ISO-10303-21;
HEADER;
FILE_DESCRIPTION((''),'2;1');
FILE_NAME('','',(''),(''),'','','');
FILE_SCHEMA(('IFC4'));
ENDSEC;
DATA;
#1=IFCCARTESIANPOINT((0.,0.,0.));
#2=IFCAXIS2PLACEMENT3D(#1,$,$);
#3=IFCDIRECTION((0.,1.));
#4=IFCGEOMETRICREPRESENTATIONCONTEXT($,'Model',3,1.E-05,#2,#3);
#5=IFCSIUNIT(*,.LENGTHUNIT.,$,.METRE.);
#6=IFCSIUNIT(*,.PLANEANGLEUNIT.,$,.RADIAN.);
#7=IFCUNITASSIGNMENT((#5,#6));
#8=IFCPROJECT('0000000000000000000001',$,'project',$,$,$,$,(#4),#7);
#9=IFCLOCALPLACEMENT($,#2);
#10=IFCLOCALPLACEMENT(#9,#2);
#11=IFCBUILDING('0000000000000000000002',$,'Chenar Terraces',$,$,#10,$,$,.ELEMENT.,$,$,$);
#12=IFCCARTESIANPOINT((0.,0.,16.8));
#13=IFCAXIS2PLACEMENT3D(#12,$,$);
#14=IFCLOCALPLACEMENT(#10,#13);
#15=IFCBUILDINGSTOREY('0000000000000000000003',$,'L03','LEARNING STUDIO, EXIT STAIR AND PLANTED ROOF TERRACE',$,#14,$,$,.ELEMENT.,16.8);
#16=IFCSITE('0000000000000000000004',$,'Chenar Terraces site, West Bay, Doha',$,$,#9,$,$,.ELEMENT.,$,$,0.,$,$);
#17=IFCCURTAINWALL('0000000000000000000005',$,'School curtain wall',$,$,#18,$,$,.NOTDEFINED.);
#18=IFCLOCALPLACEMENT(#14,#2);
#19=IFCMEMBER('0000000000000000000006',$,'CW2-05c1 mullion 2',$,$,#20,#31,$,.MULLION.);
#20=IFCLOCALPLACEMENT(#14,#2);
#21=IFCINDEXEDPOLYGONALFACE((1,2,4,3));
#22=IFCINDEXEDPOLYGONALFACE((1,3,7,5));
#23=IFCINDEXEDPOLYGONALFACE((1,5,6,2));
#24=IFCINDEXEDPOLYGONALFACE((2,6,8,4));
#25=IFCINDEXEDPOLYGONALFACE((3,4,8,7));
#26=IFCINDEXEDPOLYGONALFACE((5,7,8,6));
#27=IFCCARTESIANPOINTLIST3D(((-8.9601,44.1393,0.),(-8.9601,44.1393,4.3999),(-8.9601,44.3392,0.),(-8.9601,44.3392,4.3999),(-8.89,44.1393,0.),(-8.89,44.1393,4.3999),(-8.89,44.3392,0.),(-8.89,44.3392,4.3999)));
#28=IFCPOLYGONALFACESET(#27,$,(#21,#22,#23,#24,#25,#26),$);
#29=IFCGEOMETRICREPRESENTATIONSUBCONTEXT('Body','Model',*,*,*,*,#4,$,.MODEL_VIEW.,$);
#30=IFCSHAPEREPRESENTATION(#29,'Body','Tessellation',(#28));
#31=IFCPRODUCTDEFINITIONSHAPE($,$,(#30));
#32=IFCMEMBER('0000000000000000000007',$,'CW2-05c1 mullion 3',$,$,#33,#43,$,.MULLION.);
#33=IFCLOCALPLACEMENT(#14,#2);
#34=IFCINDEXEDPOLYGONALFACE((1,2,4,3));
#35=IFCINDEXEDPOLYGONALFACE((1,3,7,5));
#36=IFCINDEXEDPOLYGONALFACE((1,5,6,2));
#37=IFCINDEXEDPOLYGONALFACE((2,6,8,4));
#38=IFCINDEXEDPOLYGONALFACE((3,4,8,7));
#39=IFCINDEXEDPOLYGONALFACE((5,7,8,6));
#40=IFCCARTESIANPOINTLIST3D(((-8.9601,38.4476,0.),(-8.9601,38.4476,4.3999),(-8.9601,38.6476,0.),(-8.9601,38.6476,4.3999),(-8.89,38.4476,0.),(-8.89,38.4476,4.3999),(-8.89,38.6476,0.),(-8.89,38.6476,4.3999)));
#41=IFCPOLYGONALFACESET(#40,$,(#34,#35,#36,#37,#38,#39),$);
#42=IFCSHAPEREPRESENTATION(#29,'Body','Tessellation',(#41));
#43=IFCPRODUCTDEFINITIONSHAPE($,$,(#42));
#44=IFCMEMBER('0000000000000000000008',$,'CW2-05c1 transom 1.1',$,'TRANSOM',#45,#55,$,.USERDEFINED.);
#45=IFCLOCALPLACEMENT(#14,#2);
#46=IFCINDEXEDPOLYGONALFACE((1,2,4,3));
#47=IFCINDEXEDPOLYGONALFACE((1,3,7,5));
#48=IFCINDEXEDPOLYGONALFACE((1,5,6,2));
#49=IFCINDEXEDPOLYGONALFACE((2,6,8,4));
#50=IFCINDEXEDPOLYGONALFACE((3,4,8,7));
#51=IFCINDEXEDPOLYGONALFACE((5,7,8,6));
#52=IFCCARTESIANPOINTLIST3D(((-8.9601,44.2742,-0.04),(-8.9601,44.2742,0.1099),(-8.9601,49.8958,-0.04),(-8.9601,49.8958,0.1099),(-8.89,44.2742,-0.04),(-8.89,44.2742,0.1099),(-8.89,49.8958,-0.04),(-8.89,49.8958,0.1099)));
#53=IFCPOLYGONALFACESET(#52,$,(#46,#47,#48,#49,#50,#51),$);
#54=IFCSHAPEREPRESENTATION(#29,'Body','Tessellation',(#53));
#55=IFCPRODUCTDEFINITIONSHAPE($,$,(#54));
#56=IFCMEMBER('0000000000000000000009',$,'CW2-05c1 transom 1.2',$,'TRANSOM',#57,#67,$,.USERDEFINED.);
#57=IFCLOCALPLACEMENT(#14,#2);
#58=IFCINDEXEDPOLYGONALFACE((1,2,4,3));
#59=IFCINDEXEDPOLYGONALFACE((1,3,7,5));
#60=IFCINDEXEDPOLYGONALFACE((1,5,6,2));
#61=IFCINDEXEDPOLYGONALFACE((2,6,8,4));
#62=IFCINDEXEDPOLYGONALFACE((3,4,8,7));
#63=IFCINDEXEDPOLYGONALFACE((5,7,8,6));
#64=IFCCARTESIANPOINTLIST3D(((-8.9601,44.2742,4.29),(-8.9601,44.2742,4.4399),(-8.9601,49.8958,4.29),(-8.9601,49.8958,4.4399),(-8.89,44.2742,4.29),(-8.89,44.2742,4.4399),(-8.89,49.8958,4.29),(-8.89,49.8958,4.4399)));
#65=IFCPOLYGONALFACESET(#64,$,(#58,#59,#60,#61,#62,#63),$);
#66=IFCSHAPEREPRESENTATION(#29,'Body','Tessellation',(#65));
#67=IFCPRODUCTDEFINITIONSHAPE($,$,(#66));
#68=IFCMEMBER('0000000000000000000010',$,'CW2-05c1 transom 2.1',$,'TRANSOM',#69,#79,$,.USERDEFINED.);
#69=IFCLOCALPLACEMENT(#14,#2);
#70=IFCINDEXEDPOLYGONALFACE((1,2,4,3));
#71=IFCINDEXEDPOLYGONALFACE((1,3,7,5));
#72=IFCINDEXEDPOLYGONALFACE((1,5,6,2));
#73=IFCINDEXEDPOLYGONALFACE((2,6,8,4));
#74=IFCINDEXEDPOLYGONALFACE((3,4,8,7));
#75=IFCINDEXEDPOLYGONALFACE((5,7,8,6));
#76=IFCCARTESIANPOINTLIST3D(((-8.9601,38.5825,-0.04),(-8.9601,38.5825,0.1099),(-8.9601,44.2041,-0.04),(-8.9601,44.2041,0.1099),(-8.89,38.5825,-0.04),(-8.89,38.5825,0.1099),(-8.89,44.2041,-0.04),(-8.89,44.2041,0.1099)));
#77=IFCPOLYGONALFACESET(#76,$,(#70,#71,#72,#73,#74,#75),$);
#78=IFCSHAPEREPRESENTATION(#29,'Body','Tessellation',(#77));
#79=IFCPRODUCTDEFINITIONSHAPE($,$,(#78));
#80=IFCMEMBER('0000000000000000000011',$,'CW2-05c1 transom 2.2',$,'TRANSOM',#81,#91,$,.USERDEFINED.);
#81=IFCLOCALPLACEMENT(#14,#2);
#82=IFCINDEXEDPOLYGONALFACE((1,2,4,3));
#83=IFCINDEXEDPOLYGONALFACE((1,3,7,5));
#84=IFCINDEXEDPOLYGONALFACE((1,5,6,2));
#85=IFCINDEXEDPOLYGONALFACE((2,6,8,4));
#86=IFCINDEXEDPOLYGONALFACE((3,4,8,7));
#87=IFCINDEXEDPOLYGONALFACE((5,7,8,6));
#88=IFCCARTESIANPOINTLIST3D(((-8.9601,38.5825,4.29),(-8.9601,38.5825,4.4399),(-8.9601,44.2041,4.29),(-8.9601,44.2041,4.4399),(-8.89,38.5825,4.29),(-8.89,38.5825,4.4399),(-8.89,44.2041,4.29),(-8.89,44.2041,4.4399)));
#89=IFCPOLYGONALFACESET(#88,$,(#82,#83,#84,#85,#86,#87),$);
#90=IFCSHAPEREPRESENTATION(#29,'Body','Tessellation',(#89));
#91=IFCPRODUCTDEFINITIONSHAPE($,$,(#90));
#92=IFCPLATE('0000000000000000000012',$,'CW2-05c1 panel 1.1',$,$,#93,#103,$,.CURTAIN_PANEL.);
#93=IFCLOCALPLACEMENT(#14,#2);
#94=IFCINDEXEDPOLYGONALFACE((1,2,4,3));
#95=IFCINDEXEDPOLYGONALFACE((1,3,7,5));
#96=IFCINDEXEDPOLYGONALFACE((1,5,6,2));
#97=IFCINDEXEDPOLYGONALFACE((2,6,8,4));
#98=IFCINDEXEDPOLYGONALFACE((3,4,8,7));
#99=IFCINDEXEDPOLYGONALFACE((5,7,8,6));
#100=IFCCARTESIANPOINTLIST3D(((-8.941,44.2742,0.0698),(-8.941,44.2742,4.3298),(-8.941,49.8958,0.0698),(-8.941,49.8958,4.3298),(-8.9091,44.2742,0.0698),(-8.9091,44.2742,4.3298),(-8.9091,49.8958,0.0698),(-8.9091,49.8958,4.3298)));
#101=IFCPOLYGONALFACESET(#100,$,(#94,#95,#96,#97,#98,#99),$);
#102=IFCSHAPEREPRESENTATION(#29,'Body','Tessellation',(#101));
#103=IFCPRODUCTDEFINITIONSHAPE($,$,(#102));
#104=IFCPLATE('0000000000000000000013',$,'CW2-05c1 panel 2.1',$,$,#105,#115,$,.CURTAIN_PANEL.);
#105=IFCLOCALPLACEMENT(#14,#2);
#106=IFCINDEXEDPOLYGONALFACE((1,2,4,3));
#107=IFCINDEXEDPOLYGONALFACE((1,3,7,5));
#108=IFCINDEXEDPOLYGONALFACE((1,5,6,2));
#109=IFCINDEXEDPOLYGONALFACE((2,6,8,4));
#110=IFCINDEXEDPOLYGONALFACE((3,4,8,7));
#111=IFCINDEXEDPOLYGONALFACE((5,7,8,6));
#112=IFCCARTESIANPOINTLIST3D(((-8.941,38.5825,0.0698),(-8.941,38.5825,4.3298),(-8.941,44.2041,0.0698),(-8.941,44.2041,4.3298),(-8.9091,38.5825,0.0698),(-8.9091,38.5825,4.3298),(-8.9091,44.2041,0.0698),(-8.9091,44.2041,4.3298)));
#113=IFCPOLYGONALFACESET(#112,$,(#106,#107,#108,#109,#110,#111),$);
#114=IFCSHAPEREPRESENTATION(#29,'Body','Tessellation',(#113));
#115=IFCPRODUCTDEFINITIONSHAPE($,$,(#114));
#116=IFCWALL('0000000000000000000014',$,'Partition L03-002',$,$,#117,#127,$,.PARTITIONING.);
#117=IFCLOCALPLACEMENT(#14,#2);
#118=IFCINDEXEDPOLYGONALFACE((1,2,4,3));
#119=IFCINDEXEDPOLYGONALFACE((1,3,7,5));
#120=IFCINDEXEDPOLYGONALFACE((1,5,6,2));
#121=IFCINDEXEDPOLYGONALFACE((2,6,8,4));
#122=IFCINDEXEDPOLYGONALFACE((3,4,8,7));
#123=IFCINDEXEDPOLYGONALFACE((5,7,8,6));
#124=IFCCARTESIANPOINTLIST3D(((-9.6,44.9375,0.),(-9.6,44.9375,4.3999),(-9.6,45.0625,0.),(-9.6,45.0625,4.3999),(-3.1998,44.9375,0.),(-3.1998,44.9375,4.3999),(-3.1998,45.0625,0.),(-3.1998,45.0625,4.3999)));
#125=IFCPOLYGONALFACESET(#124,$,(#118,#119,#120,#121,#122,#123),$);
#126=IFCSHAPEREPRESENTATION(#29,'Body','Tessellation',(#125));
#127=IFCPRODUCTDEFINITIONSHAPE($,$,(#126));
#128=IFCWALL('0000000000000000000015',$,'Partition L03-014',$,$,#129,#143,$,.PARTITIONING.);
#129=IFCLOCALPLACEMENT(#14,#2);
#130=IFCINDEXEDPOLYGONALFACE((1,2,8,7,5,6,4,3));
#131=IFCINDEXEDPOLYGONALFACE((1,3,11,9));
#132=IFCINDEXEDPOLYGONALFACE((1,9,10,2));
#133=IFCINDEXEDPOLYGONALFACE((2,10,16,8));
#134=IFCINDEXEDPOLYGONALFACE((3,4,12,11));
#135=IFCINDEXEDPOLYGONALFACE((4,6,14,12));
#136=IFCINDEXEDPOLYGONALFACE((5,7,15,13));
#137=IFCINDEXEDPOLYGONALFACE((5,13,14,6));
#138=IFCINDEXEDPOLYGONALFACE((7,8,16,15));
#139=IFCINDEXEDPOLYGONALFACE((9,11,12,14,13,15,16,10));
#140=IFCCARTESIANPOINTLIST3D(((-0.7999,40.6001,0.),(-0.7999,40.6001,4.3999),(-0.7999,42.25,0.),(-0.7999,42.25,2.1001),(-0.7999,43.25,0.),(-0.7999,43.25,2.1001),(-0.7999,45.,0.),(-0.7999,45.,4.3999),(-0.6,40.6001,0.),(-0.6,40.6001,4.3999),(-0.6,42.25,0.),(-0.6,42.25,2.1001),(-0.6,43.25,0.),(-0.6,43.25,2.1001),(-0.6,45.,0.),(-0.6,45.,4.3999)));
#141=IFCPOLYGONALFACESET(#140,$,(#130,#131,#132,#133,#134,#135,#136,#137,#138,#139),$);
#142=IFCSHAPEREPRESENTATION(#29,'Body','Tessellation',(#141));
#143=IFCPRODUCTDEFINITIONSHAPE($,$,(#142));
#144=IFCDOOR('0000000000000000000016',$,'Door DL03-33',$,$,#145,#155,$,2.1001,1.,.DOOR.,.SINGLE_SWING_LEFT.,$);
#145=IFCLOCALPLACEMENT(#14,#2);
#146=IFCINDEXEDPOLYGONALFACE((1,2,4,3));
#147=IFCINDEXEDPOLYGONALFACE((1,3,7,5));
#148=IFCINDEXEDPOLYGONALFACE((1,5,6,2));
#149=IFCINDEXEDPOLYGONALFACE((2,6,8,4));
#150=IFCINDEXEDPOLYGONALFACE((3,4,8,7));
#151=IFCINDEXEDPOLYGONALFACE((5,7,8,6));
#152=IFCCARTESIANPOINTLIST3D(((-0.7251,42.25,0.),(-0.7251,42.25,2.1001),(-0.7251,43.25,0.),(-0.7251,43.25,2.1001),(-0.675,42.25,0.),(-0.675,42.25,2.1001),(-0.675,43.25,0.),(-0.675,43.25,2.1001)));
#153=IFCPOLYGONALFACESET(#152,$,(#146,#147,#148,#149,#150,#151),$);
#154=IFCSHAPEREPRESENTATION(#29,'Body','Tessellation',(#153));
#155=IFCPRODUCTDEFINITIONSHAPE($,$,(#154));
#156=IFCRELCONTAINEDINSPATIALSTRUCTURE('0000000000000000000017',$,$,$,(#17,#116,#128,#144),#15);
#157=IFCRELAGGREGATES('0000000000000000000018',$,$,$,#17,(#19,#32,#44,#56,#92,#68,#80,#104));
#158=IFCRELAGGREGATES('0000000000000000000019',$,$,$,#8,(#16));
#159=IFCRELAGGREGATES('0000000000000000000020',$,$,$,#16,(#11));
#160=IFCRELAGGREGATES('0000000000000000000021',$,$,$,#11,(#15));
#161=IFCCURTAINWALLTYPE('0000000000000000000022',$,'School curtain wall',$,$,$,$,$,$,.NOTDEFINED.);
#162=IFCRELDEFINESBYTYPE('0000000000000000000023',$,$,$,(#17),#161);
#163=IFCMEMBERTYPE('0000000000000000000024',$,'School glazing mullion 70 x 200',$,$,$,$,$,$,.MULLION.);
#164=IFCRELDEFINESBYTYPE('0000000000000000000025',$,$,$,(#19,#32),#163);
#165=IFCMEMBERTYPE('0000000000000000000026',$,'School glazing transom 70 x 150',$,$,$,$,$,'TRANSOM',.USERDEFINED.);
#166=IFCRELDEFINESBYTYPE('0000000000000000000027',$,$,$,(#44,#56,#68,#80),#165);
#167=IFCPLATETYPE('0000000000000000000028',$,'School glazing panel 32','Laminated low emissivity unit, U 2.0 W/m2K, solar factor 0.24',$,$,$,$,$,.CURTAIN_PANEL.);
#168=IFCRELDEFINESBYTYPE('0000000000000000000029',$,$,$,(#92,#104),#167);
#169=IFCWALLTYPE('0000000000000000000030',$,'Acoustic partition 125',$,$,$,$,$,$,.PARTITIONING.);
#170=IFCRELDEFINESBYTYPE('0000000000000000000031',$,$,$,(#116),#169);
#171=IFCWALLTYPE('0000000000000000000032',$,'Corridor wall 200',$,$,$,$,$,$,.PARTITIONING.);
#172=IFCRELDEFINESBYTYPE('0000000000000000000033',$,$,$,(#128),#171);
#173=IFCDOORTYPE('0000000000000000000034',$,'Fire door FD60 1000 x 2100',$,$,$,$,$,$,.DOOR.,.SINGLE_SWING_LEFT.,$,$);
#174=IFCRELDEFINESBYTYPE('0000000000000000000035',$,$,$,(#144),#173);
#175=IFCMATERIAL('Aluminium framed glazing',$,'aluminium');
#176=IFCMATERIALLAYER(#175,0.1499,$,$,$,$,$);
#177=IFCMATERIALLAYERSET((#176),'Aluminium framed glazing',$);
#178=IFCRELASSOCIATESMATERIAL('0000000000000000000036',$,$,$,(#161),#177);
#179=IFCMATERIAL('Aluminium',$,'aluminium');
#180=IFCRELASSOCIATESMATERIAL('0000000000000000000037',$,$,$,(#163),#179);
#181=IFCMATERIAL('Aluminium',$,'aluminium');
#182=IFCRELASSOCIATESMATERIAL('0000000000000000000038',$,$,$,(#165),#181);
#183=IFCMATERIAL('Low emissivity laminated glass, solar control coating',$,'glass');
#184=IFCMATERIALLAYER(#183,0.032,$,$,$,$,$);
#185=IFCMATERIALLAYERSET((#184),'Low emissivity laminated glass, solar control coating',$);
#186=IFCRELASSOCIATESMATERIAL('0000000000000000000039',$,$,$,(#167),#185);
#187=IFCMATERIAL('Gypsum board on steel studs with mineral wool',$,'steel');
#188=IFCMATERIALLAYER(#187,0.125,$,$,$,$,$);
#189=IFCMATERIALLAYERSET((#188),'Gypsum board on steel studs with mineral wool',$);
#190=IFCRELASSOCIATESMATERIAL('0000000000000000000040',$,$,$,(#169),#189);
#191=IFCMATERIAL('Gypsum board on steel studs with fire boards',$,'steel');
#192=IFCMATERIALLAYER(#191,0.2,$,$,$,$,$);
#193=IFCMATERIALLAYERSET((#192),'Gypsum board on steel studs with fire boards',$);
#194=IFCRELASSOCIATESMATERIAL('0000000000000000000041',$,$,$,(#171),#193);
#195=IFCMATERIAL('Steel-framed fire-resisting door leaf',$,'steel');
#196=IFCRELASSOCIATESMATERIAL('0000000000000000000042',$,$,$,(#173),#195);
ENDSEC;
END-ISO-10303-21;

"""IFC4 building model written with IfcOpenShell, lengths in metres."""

from ifc_helpers import new_model, si_unit, direction, frame, frame_2d, origin, origin_2d, place, context, subcontext, project, spatial, rectangle, extrude, material, layer, layer_set, material_profile, profile_set, type_object, element, fill, aggregate, save


model = new_model("IFC4")

# Units and contexts
model_context = context("Model", 3, precision=1e-05, world=origin(), true_north=direction((0.0, 1.0)))
body_context = subcontext(model_context, "Body", "Model", "MODEL_VIEW")
ifc_project = project(units=[si_unit("LENGTHUNIT", "METRE"), si_unit("PLANEANGLEUNIT", "RADIAN")], contexts=[model_context])

# Site, building, storey
site_placement = place(None, origin())
site = spatial("IfcSite", under=ifc_project, at=site_placement, Name="Chenar Terraces site, West Bay, Doha", CompositionType="ELEMENT", RefElevation=0.0)
building_placement = place(site_placement, origin())
building = spatial("IfcBuilding", under=site, at=building_placement, Name="Chenar Terraces", CompositionType="ELEMENT")
storey_placement = place(building_placement, frame((0.0, 0.0, 16.8)))
storey = spatial("IfcBuildingStorey", under=building, at=storey_placement, Name="L03", Description="LEARNING STUDIO, EXIT STAIR AND PLANTED ROOF TERRACE", CompositionType="ELEMENT", Elevation=16.8)

# Curtain wall, members, plates
ifc_material_1 = material(Name="Aluminium framed glazing", Category="aluminium")
ifc_layer_1 = layer(ifc_material_1, 0.1499)
ifc_layer_set_1 = layer_set([ifc_layer_1], Name="Aluminium framed glazing")
curtain_wall_type = type_object("IfcCurtainWallType", Name="School curtain wall", PredefinedType="NOTDEFINED", material=ifc_layer_set_1)
curtain_wall_placement = place(storey_placement, origin())
curtain_wall = element("IfcCurtainWall", 1, at=curtain_wall_placement, inside=storey, type_object=curtain_wall_type, Name="School curtain wall", PredefinedType="NOTDEFINED")
ifc_material_2 = material(Name="Aluminium", Category="aluminium")
ifc_material_profile_1 = material_profile(ifc_material_2, rectangle(XDim=0.0701, YDim=0.2, at=origin_2d()), Name="School glazing mullion 70 x 200")
ifc_profile_set_1 = profile_set([ifc_material_profile_1], Name="Aluminium")
member_type_1 = type_object("IfcMemberType", Name="School glazing mullion 70 x 200", PredefinedType="MULLION", material=ifc_profile_set_1)
member_1_placement = place(storey_placement, frame((-8.925, 44.2393, 0.0), z_axis=(0.0, 0.0, 1.0), x_axis=(1.0, 0.0, 0.0)))
member_1 = element("IfcMember", 2, at=member_1_placement, type_object=member_type_1, Name="CW2-05c1 mullion 2", PredefinedType="MULLION", context=body_context, shape_type="SweptSolid", body=[
    extrude(rectangle(XDim=0.0701, YDim=0.2, at=origin_2d()), origin(), (0.0, 0.0, 1.0), 4.3999),
])
member_2_placement = place(storey_placement, frame((-8.925, 38.5476, 0.0), z_axis=(0.0, 0.0, 1.0), x_axis=(1.0, 0.0, 0.0)))
member_2 = element("IfcMember", 3, at=member_2_placement, type_object=member_type_1, Name="CW2-05c1 mullion 3", PredefinedType="MULLION", context=body_context, shape_type="SweptSolid", body=[
    extrude(rectangle(XDim=0.0701, YDim=0.2, at=origin_2d()), origin(), (0.0, 0.0, 1.0), 4.3999),
])
ifc_material_3 = material(Name="Aluminium", Category="aluminium")
ifc_material_profile_2 = material_profile(ifc_material_3, rectangle(XDim=0.0701, YDim=0.1499, at=origin_2d()), Name="School glazing transom 70 x 150")
ifc_profile_set_2 = profile_set([ifc_material_profile_2], Name="Aluminium")
member_type_2 = type_object("IfcMemberType", Name="School glazing transom 70 x 150", ElementType="TRANSOM", PredefinedType="USERDEFINED", material=ifc_profile_set_2)
member_3_placement = place(storey_placement, frame((-8.925, 49.8958, 0.0349), z_axis=(0.0, -1.0, 0.0), x_axis=(1.0, 0.0, 0.0)))
member_3 = element("IfcMember", 4, at=member_3_placement, type_object=member_type_2, Name="CW2-05c1 transom 1.1", ObjectType="TRANSOM", PredefinedType="USERDEFINED", context=body_context, shape_type="SweptSolid", body=[
    extrude(rectangle(XDim=0.0701, YDim=0.1499, at=origin_2d()), origin(), (0.0, 0.0, 1.0), 5.6216),
])
member_4_placement = place(storey_placement, frame((-8.925, 49.8958, 4.365), z_axis=(0.0, -1.0, 0.0), x_axis=(1.0, 0.0, 0.0)))
member_4 = element("IfcMember", 5, at=member_4_placement, type_object=member_type_2, Name="CW2-05c1 transom 1.2", ObjectType="TRANSOM", PredefinedType="USERDEFINED", context=body_context, shape_type="SweptSolid", body=[
    extrude(rectangle(XDim=0.0701, YDim=0.1499, at=origin_2d()), origin(), (0.0, 0.0, 1.0), 5.6216),
])
member_5_placement = place(storey_placement, frame((-8.925, 44.2041, 0.0349), z_axis=(0.0, -1.0, 0.0), x_axis=(1.0, 0.0, 0.0)))
member_5 = element("IfcMember", 6, at=member_5_placement, type_object=member_type_2, Name="CW2-05c1 transom 2.1", ObjectType="TRANSOM", PredefinedType="USERDEFINED", context=body_context, shape_type="SweptSolid", body=[
    extrude(rectangle(XDim=0.0701, YDim=0.1499, at=origin_2d()), origin(), (0.0, 0.0, 1.0), 5.6216),
])
member_6_placement = place(storey_placement, frame((-8.925, 44.2041, 4.365), z_axis=(0.0, -1.0, 0.0), x_axis=(1.0, 0.0, 0.0)))
member_6 = element("IfcMember", 7, at=member_6_placement, type_object=member_type_2, Name="CW2-05c1 transom 2.2", ObjectType="TRANSOM", PredefinedType="USERDEFINED", context=body_context, shape_type="SweptSolid", body=[
    extrude(rectangle(XDim=0.0701, YDim=0.1499, at=origin_2d()), origin(), (0.0, 0.0, 1.0), 5.6216),
])
ifc_material_4 = material(Name="Low emissivity laminated glass, solar control coating", Category="glass")
ifc_layer_2 = layer(ifc_material_4, 0.032)
ifc_layer_set_2 = layer_set([ifc_layer_2], Name="Low emissivity laminated glass, solar control coating")
plate_type = type_object("IfcPlateType", Name="School glazing panel 32", Description="Laminated low emissivity unit, U 2.0 W/m2K, solar factor 0.24", PredefinedType="CURTAIN_PANEL", material=ifc_layer_set_2)
plate_1_placement = place(storey_placement, frame((-8.925, 47.085, 0.0698), z_axis=(0.0, 0.0, 1.0), x_axis=(0.0, -1.0, 0.0)))
plate_1 = element("IfcPlate", 8, at=plate_1_placement, type_object=plate_type, Name="CW2-05c1 panel 1.1", PredefinedType="CURTAIN_PANEL", context=body_context, shape_type="SweptSolid", body=[
    extrude(rectangle(XDim=5.6216, YDim=0.032, at=origin_2d()), origin(), (0.0, 0.0, 1.0), 4.26),
])
plate_2_placement = place(storey_placement, frame((-8.925, 41.3933, 0.0698), z_axis=(0.0, 0.0, 1.0), x_axis=(0.0, -1.0, 0.0)))
plate_2 = element("IfcPlate", 9, at=plate_2_placement, type_object=plate_type, Name="CW2-05c1 panel 2.1", PredefinedType="CURTAIN_PANEL", context=body_context, shape_type="SweptSolid", body=[
    extrude(rectangle(XDim=5.6216, YDim=0.032, at=origin_2d()), origin(), (0.0, 0.0, 1.0), 4.26),
])
aggregate(curtain_wall, [member_1, member_2, member_3, member_4, plate_1, member_5, member_6, plate_2])

# Wall
ifc_material_5 = material(Name="Gypsum board on steel studs with mineral wool", Category="steel")
ifc_layer_3 = layer(ifc_material_5, 0.125)
ifc_layer_set_3 = layer_set([ifc_layer_3], Name="Gypsum board on steel studs with mineral wool")
wall_type_1 = type_object("IfcWallType", Name="Acoustic partition 125", PredefinedType="PARTITIONING", material=ifc_layer_set_3)
wall_1_placement = place(storey_placement, frame((-9.6001, 45.0, 0.0), z_axis=(0.0, 0.0, 1.0), x_axis=(1.0, 0.0, 0.0)))
element("IfcWall", 10, at=wall_1_placement, inside=storey, type_object=wall_type_1, Name="Partition L03-002", PredefinedType="PARTITIONING", context=body_context, shape_type="SweptSolid", body=[
    extrude(rectangle(XDim=6.4001, YDim=0.125, at=frame_2d((3.2002, 0.0))), origin(), (0.0, 0.0, 1.0), 4.3999),
])

# Wall, opening, door
ifc_material_6 = material(Name="Gypsum board on steel studs with fire boards", Category="steel")
ifc_layer_4 = layer(ifc_material_6, 0.2)
ifc_layer_set_4 = layer_set([ifc_layer_4], Name="Gypsum board on steel studs with fire boards")
wall_type_2 = type_object("IfcWallType", Name="Corridor wall 200", PredefinedType="PARTITIONING", material=ifc_layer_set_4)
wall_2_placement = place(storey_placement, frame((-0.7, 40.6001, 0.0), z_axis=(0.0, 0.0, 1.0), x_axis=(0.0, 1.0, 0.0)))
wall_2 = element("IfcWall", 11, at=wall_2_placement, inside=storey, type_object=wall_type_2, Name="Partition L03-014", PredefinedType="PARTITIONING", context=body_context, shape_type="SweptSolid", body=[
    extrude(rectangle(XDim=4.3999, YDim=0.2, at=frame_2d((2.2, 0.0))), origin(), (0.0, 0.0, 1.0), 4.3999),
])
opening_1_placement = place(wall_2_placement, frame((1.6499, 0.0, 0.0)))
opening_1 = element("IfcOpeningElement", 12, at=opening_1_placement, cuts=wall_2, PredefinedType="OPENING", context=body_context, shape_type="SweptSolid", body=[
    extrude(rectangle(XDim=1.0, YDim=2.1001, at=frame_2d((0.5, 1.05))), frame((0.0, 0.1099, 0.0), z_axis=(0.0, -1.0, 0.0), x_axis=(1.0, 0.0, 0.0)), (0.0, 0.0, 1.0), 0.22),
])
ifc_material_7 = material(Name="Steel-framed fire-resisting door leaf", Category="steel")
door_type_1 = type_object("IfcDoorType", Name="Fire door FD60 1000 x 2100", OperationType="SINGLE_SWING_LEFT", PredefinedType="DOOR", material=ifc_material_7)
door_1_placement = place(opening_1_placement, frame((1.0, 0.0, 0.0), z_axis=(0.0, 0.0, 1.0), x_axis=(-1.0, 0.0, 0.0)))
door_1 = element("IfcDoor", 13, at=door_1_placement, inside=storey, type_object=door_type_1, Name="Door DL03-33", OperationType="SINGLE_SWING_LEFT", OverallHeight=2.1001, OverallWidth=1.0, PredefinedType="DOOR", context=body_context, shape_type="SweptSolid", body=[
    extrude(rectangle(XDim=1.0, YDim=2.1001, at=frame_2d((0.5, 1.05))), frame((0.0, 0.0249, 0.0), z_axis=(0.0, -1.0, 0.0), x_axis=(1.0, 0.0, 0.0)), (0.0, 0.0, 1.0), 0.05),
])
fill(opening_1, door_1)

save(model, "model.ifc")
